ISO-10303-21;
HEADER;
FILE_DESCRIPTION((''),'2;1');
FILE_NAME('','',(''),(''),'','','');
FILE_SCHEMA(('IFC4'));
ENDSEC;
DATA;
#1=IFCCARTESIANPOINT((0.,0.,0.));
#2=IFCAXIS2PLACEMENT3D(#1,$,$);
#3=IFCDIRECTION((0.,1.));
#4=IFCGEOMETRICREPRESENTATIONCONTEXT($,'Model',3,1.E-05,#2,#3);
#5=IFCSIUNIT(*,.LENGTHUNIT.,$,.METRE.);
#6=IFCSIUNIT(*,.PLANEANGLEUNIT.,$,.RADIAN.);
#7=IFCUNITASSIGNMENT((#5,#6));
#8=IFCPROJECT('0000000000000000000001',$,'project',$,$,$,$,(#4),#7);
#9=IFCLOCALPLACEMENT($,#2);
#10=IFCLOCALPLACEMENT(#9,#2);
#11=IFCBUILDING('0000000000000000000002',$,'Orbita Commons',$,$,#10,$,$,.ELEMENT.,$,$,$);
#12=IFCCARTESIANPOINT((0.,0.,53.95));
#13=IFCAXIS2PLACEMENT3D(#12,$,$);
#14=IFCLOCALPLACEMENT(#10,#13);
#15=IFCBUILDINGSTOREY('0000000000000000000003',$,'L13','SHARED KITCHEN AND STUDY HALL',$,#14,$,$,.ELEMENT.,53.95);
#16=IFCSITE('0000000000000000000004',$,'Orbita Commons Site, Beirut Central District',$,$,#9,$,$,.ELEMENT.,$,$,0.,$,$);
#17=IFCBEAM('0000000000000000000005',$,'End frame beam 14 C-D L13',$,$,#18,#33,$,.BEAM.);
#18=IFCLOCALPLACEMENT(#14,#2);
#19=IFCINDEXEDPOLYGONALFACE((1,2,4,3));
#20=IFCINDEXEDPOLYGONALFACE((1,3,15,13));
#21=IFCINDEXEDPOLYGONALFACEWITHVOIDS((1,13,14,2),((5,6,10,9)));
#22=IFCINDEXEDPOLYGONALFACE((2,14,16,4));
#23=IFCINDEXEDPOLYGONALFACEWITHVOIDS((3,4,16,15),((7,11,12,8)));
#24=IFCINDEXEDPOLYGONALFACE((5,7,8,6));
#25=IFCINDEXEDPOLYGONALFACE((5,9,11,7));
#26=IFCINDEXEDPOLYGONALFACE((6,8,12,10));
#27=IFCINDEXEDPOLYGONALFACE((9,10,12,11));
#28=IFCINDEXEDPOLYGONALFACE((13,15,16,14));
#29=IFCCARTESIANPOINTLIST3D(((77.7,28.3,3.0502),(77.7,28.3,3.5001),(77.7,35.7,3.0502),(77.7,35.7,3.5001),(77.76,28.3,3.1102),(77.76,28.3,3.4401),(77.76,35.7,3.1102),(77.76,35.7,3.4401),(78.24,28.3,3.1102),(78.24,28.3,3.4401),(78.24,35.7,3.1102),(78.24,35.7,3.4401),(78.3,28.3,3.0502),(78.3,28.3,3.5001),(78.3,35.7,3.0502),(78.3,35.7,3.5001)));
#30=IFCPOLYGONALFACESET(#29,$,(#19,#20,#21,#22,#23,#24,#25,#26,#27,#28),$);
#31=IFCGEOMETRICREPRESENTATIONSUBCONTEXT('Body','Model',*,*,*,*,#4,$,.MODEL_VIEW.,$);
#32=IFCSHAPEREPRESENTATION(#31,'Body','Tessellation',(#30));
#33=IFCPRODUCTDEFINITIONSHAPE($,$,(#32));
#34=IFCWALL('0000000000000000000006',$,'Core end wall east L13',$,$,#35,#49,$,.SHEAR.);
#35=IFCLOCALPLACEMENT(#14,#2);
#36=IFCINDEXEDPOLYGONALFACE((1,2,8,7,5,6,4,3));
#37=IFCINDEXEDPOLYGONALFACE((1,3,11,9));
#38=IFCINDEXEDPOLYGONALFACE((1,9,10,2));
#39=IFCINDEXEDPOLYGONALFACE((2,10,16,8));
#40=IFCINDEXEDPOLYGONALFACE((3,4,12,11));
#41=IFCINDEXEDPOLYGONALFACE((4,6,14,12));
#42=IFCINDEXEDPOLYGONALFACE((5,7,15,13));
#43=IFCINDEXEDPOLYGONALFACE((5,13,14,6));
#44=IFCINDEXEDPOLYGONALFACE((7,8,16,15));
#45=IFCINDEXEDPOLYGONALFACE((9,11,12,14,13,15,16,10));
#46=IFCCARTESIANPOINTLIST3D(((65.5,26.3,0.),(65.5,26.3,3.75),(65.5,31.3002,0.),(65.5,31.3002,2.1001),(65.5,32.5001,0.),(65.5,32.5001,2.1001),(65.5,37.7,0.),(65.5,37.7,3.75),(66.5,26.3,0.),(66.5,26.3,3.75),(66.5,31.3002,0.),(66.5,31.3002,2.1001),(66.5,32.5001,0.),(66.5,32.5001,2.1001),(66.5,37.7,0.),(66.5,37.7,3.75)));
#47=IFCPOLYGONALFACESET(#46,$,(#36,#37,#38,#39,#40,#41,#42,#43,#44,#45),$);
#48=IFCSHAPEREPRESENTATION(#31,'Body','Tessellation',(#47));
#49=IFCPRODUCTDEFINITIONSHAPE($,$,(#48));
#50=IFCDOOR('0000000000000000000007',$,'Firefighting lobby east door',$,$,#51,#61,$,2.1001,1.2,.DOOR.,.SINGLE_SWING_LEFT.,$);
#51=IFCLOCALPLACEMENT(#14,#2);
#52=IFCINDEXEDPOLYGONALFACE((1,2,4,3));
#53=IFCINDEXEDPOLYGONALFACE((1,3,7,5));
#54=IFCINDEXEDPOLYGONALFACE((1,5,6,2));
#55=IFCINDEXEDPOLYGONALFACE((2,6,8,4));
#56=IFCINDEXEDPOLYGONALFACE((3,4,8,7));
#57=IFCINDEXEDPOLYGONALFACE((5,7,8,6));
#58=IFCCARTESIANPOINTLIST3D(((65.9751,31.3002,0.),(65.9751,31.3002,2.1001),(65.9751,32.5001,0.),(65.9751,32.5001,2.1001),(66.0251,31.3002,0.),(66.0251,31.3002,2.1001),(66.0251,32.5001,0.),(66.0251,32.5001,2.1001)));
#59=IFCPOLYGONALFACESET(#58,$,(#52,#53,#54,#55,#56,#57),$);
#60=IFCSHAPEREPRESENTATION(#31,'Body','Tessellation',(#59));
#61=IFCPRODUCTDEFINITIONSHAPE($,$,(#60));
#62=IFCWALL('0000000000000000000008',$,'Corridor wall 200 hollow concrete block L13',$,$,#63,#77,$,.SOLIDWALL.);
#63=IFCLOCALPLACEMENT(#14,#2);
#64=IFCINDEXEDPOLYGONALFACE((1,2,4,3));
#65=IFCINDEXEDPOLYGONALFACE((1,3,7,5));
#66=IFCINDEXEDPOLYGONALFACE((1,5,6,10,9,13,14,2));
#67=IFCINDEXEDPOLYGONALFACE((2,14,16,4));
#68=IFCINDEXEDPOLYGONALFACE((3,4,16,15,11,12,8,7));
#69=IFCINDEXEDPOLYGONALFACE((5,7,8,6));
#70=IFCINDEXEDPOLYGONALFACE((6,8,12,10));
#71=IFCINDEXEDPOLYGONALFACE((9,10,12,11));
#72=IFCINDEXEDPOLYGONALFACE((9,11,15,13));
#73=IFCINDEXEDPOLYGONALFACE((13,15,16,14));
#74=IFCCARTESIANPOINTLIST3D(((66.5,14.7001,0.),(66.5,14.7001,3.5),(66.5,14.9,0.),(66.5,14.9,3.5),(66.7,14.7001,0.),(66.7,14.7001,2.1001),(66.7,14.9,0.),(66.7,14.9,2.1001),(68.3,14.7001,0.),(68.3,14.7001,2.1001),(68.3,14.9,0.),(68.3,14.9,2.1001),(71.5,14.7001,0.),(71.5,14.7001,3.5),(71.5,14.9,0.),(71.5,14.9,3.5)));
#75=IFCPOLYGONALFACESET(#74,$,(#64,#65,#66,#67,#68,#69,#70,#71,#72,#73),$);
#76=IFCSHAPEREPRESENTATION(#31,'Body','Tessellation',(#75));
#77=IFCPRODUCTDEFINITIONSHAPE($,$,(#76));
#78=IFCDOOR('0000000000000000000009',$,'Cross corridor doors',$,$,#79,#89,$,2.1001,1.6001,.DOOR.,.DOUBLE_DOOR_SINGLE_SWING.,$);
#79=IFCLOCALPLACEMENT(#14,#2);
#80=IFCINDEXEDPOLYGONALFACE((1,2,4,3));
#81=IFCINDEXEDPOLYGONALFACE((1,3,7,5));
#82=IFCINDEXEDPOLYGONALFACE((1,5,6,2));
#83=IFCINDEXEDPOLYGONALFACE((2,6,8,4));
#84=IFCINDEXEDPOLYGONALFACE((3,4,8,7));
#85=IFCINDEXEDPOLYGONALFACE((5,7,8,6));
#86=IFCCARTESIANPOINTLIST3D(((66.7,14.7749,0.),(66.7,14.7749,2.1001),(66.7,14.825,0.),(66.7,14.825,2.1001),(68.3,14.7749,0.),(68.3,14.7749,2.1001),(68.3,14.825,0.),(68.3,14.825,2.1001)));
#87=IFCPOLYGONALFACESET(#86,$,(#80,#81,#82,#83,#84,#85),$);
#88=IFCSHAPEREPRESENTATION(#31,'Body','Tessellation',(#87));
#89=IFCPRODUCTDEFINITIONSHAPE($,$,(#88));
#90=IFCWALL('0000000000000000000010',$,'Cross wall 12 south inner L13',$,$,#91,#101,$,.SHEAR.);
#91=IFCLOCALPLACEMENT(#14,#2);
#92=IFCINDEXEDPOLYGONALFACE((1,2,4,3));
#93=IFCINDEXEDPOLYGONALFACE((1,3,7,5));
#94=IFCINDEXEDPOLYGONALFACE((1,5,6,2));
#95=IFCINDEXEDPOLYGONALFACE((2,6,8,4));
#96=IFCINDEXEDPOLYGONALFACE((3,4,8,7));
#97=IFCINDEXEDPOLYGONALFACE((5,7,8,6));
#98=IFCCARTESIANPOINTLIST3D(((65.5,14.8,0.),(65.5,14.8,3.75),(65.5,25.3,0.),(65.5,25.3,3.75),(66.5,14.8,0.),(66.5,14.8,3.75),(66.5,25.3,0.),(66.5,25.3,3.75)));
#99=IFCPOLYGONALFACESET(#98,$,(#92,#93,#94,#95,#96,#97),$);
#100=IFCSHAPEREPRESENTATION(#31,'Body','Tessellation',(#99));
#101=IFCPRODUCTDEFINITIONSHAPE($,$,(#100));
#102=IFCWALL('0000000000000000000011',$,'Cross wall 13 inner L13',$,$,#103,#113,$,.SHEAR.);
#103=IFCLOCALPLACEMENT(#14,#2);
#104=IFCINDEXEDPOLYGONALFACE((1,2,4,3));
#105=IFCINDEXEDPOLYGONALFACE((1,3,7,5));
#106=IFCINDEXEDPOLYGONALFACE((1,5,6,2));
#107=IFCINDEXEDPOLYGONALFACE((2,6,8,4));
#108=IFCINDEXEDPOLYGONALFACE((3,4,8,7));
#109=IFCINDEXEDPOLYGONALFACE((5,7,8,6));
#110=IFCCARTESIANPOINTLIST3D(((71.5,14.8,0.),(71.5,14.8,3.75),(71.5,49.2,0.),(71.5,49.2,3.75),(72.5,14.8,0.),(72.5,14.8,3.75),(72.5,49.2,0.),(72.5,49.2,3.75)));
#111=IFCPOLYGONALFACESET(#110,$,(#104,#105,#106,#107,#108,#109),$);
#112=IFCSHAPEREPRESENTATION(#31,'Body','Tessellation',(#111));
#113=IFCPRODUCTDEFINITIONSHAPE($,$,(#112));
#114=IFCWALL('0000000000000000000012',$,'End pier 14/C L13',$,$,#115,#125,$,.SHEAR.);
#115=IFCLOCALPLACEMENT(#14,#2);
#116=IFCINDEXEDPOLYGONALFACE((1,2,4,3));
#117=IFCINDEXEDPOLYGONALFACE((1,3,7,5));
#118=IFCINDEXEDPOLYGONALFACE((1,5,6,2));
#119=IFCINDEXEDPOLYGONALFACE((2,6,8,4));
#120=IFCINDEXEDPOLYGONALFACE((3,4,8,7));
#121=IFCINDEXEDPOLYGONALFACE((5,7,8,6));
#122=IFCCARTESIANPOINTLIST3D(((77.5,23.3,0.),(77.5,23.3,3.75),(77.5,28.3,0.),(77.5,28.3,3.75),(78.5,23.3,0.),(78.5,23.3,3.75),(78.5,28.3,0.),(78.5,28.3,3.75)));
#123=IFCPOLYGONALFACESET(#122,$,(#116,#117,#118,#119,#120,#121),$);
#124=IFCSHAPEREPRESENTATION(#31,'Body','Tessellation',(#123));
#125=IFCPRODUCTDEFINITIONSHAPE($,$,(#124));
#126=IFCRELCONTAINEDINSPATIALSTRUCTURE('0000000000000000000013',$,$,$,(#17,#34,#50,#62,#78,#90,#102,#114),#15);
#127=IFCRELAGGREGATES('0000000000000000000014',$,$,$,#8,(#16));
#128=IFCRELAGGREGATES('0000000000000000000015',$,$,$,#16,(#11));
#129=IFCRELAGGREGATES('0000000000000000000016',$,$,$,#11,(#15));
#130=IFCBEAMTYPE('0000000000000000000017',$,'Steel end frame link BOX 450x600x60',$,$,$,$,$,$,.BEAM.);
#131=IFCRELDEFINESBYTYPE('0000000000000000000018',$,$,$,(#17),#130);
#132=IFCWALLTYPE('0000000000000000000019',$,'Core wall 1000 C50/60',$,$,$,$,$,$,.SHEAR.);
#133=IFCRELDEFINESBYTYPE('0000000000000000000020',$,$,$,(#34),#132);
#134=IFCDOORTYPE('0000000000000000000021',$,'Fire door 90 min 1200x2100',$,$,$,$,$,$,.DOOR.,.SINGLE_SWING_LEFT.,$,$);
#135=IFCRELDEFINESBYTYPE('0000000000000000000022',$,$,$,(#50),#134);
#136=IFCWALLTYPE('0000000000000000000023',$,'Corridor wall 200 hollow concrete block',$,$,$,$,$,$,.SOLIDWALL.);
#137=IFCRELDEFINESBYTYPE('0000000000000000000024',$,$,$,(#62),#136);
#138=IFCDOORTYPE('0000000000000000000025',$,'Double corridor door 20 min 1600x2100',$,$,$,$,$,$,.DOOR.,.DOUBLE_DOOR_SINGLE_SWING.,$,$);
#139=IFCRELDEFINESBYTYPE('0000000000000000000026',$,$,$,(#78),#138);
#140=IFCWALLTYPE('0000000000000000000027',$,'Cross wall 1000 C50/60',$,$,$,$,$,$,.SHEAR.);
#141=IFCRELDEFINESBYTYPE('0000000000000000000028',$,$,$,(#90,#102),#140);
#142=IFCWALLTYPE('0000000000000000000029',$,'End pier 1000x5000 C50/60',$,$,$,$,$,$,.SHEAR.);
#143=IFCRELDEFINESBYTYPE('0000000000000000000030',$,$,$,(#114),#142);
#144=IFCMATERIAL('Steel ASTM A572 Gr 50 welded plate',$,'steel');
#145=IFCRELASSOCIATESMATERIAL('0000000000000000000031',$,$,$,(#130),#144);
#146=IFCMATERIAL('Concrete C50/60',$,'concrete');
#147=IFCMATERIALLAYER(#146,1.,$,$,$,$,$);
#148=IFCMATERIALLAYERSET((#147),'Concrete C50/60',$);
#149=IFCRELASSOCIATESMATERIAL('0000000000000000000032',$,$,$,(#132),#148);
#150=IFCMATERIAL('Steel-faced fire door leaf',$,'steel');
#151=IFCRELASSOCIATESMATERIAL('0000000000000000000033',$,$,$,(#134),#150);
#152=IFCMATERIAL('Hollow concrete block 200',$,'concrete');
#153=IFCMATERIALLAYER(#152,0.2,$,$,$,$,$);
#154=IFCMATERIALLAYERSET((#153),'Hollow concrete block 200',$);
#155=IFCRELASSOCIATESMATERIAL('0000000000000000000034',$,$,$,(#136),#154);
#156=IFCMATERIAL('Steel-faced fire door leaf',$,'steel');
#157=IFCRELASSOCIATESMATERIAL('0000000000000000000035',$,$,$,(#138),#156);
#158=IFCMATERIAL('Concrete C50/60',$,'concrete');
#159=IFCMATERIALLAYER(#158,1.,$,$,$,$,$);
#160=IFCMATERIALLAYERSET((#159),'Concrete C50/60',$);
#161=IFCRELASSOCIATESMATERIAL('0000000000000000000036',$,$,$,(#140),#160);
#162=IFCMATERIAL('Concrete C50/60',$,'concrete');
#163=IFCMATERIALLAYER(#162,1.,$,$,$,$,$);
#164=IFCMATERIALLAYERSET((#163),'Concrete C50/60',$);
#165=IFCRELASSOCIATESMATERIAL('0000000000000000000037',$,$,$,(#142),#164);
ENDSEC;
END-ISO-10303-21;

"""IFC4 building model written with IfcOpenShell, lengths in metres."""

from ifc_helpers import new_model, si_unit, direction, frame, frame_2d, origin, origin_2d, place, context, subcontext, project, spatial, rectangle, hollow_rectangle, extrude, material, layer, layer_set, material_profile, profile_set, type_object, element, fill, save


model = new_model("IFC4")

# Units and contexts
model_context = context("Model", 3, precision=1e-05, world=origin(), true_north=direction((0.0, 1.0)))
body_context = subcontext(model_context, "Body", "Model", "MODEL_VIEW")
ifc_project = project(units=[si_unit("LENGTHUNIT", "METRE"), si_unit("PLANEANGLEUNIT", "RADIAN")], contexts=[model_context])

# Site, building, storey
site_placement = place(None, origin())
site = spatial("IfcSite", under=ifc_project, at=site_placement, Name="Orbita Commons Site, Beirut Central District", CompositionType="ELEMENT", RefElevation=0.0)
building_placement = place(site_placement, origin())
building = spatial("IfcBuilding", under=site, at=building_placement, Name="Orbita Commons", CompositionType="ELEMENT")
storey_placement = place(building_placement, frame((0.0, 0.0, 53.95)))
storey = spatial("IfcBuildingStorey", under=building, at=storey_placement, Name="L13", Description="SHARED KITCHEN AND STUDY HALL", CompositionType="ELEMENT", Elevation=53.95)

# Beam
ifc_material_1 = material(Name="Steel ASTM A572 Gr 50 welded plate", Category="steel")
ifc_material_profile = material_profile(ifc_material_1, hollow_rectangle(XDim=0.6001, YDim=0.45, WallThickness=0.0601, at=origin_2d()), Name="BOX 450x600x60")
ifc_profile_set = profile_set([ifc_material_profile], Name="Steel ASTM A572 Gr 50 welded plate")
beam_type = type_object("IfcBeamType", Name="Steel end frame link BOX 450x600x60", PredefinedType="BEAM", material=ifc_profile_set)
beam_placement = place(storey_placement, frame((78.0, 28.3, 3.2751), z_axis=(0.0, 1.0, 0.0), x_axis=(-1.0, 0.0, 0.0)))
element("IfcBeam", 1, at=beam_placement, inside=storey, type_object=beam_type, Name="End frame beam 14 C-D L13", PredefinedType="BEAM", context=body_context, shape_type="SweptSolid", body=[
    extrude(hollow_rectangle(XDim=0.6001, YDim=0.45, WallThickness=0.0601, at=origin_2d()), origin(), (0.0, 0.0, 1.0), 7.3999),
])

# Walls, openings, doors
ifc_material_2 = material(Name="Concrete C50/60", Category="concrete")
ifc_layer_1 = layer(ifc_material_2, 1.0)
ifc_layer_set_1 = layer_set([ifc_layer_1], Name="Concrete C50/60")
wall_type_1 = type_object("IfcWallType", Name="Core wall 1000 C50/60", PredefinedType="SHEAR", material=ifc_layer_set_1)
wall_1_placement = place(storey_placement, frame((66.0, 26.3, 0.0), z_axis=(0.0, 0.0, 1.0), x_axis=(0.0, 1.0, 0.0)))
wall_1 = element("IfcWall", 2, at=wall_1_placement, inside=storey, type_object=wall_type_1, Name="Core end wall east L13", PredefinedType="SHEAR", context=body_context, shape_type="SweptSolid", body=[
    extrude(rectangle(XDim=11.3999, YDim=1.0, at=frame_2d((5.7, 0.0))), origin(), (0.0, 0.0, 1.0), 3.75),
])
opening_1_placement = place(wall_1_placement, frame((5.0, 0.0, 0.0)))
opening_1 = element("IfcOpeningElement", 3, at=opening_1_placement, cuts=wall_1, PredefinedType="OPENING", context=body_context, shape_type="SweptSolid", body=[
    extrude(rectangle(XDim=1.2, YDim=2.1001, at=frame_2d((0.6001, 1.05))), frame((0.0, 0.51, 0.0), z_axis=(0.0, -1.0, 0.0), x_axis=(1.0, 0.0, 0.0)), (0.0, 0.0, 1.0), 1.02),
])
ifc_material_3 = material(Name="Steel-faced fire door leaf", Category="steel")
door_type_1 = type_object("IfcDoorType", Name="Fire door 90 min 1200x2100", OperationType="SINGLE_SWING_LEFT", PredefinedType="DOOR", material=ifc_material_3)
door_1_placement = place(opening_1_placement, origin())
door_1 = element("IfcDoor", 4, at=door_1_placement, inside=storey, type_object=door_type_1, Name="Firefighting lobby east door", OperationType="SINGLE_SWING_LEFT", OverallHeight=2.1001, OverallWidth=1.2, PredefinedType="DOOR", context=body_context, shape_type="SweptSolid", body=[
    extrude(rectangle(XDim=1.2, YDim=2.1001, at=frame_2d((0.6001, 1.05))), frame((0.0, 0.0249, 0.0), z_axis=(0.0, -1.0, 0.0), x_axis=(1.0, 0.0, 0.0)), (0.0, 0.0, 1.0), 0.05),
])
fill(opening_1, door_1)
ifc_material_4 = material(Name="Hollow concrete block 200", Category="concrete")
ifc_layer_2 = layer(ifc_material_4, 0.2)
ifc_layer_set_2 = layer_set([ifc_layer_2], Name="Hollow concrete block 200")
wall_type_2 = type_object("IfcWallType", Name="Corridor wall 200 hollow concrete block", PredefinedType="SOLIDWALL", material=ifc_layer_set_2)
wall_2_placement = place(storey_placement, frame((66.5, 14.8, 0.0), z_axis=(0.0, 0.0, 1.0), x_axis=(1.0, 0.0, 0.0)))
wall_2 = element("IfcWall", 5, at=wall_2_placement, inside=storey, type_object=wall_type_2, Name="Corridor wall 200 hollow concrete block L13", PredefinedType="SOLIDWALL", context=body_context, shape_type="SweptSolid", body=[
    extrude(rectangle(XDim=5.0, YDim=0.2, at=frame_2d((2.5, 0.0))), origin(), (0.0, 0.0, 1.0), 3.5),
])
opening_2_placement = place(wall_2_placement, frame((0.2, 0.0, 0.0)))
opening_2 = element("IfcOpeningElement", 6, at=opening_2_placement, cuts=wall_2, PredefinedType="OPENING", context=body_context, shape_type="SweptSolid", body=[
    extrude(rectangle(XDim=1.6001, YDim=2.1001, at=frame_2d((0.8, 1.05))), frame((0.0, 0.1099, 0.0), z_axis=(0.0, -1.0, 0.0), x_axis=(1.0, 0.0, 0.0)), (0.0, 0.0, 1.0), 0.22),
])
ifc_material_5 = material(Name="Steel-faced fire door leaf", Category="steel")
door_type_2 = type_object("IfcDoorType", Name="Double corridor door 20 min 1600x2100", OperationType="DOUBLE_DOOR_SINGLE_SWING", PredefinedType="DOOR", material=ifc_material_5)
door_2_placement = place(opening_2_placement, origin())
door_2 = element("IfcDoor", 7, at=door_2_placement, inside=storey, type_object=door_type_2, Name="Cross corridor doors", OperationType="DOUBLE_DOOR_SINGLE_SWING", OverallHeight=2.1001, OverallWidth=1.6001, PredefinedType="DOOR", context=body_context, shape_type="SweptSolid", body=[
    extrude(rectangle(XDim=1.6001, YDim=2.1001, at=frame_2d((0.8, 1.05))), frame((0.0, 0.0249, 0.0), z_axis=(0.0, -1.0, 0.0), x_axis=(1.0, 0.0, 0.0)), (0.0, 0.0, 1.0), 0.05),
])
fill(opening_2, door_2)

# Walls
ifc_material_6 = material(Name="Concrete C50/60", Category="concrete")
ifc_layer_3 = layer(ifc_material_6, 1.0)
ifc_layer_set_3 = layer_set([ifc_layer_3], Name="Concrete C50/60")
wall_type_3 = type_object("IfcWallType", Name="Cross wall 1000 C50/60", PredefinedType="SHEAR", material=ifc_layer_set_3)
wall_3_placement = place(storey_placement, frame((66.0, 14.8, 0.0), z_axis=(0.0, 0.0, 1.0), x_axis=(0.0, 1.0, 0.0)))
element("IfcWall", 8, at=wall_3_placement, inside=storey, type_object=wall_type_3, Name="Cross wall 12 south inner L13", PredefinedType="SHEAR", context=body_context, shape_type="SweptSolid", body=[
    extrude(rectangle(XDim=10.5, YDim=1.0, at=frame_2d((5.25, 0.0))), origin(), (0.0, 0.0, 1.0), 3.75),
])
wall_4_placement = place(storey_placement, frame((72.0, 14.8, 0.0), z_axis=(0.0, 0.0, 1.0), x_axis=(0.0, 1.0, 0.0)))
element("IfcWall", 9, at=wall_4_placement, inside=storey, type_object=wall_type_3, Name="Cross wall 13 inner L13", PredefinedType="SHEAR", context=body_context, shape_type="SweptSolid", body=[
    extrude(rectangle(XDim=34.3999, YDim=1.0, at=frame_2d((17.2, 0.0))), origin(), (0.0, 0.0, 1.0), 3.75),
])
ifc_material_7 = material(Name="Concrete C50/60", Category="concrete")
ifc_layer_4 = layer(ifc_material_7, 1.0)
ifc_layer_set_4 = layer_set([ifc_layer_4], Name="Concrete C50/60")
wall_type_4 = type_object("IfcWallType", Name="End pier 1000x5000 C50/60", PredefinedType="SHEAR", material=ifc_layer_set_4)
wall_5_placement = place(storey_placement, frame((78.0, 23.3, 0.0), z_axis=(0.0, 0.0, 1.0), x_axis=(0.0, 1.0, 0.0)))
element("IfcWall", 10, at=wall_5_placement, inside=storey, type_object=wall_type_4, Name="End pier 14/C L13", PredefinedType="SHEAR", context=body_context, shape_type="SweptSolid", body=[
    extrude(rectangle(XDim=5.0, YDim=1.0, at=frame_2d((2.5, 0.0))), origin(), (0.0, 0.0, 1.0), 3.75),
])

save(model, "model.ifc")
